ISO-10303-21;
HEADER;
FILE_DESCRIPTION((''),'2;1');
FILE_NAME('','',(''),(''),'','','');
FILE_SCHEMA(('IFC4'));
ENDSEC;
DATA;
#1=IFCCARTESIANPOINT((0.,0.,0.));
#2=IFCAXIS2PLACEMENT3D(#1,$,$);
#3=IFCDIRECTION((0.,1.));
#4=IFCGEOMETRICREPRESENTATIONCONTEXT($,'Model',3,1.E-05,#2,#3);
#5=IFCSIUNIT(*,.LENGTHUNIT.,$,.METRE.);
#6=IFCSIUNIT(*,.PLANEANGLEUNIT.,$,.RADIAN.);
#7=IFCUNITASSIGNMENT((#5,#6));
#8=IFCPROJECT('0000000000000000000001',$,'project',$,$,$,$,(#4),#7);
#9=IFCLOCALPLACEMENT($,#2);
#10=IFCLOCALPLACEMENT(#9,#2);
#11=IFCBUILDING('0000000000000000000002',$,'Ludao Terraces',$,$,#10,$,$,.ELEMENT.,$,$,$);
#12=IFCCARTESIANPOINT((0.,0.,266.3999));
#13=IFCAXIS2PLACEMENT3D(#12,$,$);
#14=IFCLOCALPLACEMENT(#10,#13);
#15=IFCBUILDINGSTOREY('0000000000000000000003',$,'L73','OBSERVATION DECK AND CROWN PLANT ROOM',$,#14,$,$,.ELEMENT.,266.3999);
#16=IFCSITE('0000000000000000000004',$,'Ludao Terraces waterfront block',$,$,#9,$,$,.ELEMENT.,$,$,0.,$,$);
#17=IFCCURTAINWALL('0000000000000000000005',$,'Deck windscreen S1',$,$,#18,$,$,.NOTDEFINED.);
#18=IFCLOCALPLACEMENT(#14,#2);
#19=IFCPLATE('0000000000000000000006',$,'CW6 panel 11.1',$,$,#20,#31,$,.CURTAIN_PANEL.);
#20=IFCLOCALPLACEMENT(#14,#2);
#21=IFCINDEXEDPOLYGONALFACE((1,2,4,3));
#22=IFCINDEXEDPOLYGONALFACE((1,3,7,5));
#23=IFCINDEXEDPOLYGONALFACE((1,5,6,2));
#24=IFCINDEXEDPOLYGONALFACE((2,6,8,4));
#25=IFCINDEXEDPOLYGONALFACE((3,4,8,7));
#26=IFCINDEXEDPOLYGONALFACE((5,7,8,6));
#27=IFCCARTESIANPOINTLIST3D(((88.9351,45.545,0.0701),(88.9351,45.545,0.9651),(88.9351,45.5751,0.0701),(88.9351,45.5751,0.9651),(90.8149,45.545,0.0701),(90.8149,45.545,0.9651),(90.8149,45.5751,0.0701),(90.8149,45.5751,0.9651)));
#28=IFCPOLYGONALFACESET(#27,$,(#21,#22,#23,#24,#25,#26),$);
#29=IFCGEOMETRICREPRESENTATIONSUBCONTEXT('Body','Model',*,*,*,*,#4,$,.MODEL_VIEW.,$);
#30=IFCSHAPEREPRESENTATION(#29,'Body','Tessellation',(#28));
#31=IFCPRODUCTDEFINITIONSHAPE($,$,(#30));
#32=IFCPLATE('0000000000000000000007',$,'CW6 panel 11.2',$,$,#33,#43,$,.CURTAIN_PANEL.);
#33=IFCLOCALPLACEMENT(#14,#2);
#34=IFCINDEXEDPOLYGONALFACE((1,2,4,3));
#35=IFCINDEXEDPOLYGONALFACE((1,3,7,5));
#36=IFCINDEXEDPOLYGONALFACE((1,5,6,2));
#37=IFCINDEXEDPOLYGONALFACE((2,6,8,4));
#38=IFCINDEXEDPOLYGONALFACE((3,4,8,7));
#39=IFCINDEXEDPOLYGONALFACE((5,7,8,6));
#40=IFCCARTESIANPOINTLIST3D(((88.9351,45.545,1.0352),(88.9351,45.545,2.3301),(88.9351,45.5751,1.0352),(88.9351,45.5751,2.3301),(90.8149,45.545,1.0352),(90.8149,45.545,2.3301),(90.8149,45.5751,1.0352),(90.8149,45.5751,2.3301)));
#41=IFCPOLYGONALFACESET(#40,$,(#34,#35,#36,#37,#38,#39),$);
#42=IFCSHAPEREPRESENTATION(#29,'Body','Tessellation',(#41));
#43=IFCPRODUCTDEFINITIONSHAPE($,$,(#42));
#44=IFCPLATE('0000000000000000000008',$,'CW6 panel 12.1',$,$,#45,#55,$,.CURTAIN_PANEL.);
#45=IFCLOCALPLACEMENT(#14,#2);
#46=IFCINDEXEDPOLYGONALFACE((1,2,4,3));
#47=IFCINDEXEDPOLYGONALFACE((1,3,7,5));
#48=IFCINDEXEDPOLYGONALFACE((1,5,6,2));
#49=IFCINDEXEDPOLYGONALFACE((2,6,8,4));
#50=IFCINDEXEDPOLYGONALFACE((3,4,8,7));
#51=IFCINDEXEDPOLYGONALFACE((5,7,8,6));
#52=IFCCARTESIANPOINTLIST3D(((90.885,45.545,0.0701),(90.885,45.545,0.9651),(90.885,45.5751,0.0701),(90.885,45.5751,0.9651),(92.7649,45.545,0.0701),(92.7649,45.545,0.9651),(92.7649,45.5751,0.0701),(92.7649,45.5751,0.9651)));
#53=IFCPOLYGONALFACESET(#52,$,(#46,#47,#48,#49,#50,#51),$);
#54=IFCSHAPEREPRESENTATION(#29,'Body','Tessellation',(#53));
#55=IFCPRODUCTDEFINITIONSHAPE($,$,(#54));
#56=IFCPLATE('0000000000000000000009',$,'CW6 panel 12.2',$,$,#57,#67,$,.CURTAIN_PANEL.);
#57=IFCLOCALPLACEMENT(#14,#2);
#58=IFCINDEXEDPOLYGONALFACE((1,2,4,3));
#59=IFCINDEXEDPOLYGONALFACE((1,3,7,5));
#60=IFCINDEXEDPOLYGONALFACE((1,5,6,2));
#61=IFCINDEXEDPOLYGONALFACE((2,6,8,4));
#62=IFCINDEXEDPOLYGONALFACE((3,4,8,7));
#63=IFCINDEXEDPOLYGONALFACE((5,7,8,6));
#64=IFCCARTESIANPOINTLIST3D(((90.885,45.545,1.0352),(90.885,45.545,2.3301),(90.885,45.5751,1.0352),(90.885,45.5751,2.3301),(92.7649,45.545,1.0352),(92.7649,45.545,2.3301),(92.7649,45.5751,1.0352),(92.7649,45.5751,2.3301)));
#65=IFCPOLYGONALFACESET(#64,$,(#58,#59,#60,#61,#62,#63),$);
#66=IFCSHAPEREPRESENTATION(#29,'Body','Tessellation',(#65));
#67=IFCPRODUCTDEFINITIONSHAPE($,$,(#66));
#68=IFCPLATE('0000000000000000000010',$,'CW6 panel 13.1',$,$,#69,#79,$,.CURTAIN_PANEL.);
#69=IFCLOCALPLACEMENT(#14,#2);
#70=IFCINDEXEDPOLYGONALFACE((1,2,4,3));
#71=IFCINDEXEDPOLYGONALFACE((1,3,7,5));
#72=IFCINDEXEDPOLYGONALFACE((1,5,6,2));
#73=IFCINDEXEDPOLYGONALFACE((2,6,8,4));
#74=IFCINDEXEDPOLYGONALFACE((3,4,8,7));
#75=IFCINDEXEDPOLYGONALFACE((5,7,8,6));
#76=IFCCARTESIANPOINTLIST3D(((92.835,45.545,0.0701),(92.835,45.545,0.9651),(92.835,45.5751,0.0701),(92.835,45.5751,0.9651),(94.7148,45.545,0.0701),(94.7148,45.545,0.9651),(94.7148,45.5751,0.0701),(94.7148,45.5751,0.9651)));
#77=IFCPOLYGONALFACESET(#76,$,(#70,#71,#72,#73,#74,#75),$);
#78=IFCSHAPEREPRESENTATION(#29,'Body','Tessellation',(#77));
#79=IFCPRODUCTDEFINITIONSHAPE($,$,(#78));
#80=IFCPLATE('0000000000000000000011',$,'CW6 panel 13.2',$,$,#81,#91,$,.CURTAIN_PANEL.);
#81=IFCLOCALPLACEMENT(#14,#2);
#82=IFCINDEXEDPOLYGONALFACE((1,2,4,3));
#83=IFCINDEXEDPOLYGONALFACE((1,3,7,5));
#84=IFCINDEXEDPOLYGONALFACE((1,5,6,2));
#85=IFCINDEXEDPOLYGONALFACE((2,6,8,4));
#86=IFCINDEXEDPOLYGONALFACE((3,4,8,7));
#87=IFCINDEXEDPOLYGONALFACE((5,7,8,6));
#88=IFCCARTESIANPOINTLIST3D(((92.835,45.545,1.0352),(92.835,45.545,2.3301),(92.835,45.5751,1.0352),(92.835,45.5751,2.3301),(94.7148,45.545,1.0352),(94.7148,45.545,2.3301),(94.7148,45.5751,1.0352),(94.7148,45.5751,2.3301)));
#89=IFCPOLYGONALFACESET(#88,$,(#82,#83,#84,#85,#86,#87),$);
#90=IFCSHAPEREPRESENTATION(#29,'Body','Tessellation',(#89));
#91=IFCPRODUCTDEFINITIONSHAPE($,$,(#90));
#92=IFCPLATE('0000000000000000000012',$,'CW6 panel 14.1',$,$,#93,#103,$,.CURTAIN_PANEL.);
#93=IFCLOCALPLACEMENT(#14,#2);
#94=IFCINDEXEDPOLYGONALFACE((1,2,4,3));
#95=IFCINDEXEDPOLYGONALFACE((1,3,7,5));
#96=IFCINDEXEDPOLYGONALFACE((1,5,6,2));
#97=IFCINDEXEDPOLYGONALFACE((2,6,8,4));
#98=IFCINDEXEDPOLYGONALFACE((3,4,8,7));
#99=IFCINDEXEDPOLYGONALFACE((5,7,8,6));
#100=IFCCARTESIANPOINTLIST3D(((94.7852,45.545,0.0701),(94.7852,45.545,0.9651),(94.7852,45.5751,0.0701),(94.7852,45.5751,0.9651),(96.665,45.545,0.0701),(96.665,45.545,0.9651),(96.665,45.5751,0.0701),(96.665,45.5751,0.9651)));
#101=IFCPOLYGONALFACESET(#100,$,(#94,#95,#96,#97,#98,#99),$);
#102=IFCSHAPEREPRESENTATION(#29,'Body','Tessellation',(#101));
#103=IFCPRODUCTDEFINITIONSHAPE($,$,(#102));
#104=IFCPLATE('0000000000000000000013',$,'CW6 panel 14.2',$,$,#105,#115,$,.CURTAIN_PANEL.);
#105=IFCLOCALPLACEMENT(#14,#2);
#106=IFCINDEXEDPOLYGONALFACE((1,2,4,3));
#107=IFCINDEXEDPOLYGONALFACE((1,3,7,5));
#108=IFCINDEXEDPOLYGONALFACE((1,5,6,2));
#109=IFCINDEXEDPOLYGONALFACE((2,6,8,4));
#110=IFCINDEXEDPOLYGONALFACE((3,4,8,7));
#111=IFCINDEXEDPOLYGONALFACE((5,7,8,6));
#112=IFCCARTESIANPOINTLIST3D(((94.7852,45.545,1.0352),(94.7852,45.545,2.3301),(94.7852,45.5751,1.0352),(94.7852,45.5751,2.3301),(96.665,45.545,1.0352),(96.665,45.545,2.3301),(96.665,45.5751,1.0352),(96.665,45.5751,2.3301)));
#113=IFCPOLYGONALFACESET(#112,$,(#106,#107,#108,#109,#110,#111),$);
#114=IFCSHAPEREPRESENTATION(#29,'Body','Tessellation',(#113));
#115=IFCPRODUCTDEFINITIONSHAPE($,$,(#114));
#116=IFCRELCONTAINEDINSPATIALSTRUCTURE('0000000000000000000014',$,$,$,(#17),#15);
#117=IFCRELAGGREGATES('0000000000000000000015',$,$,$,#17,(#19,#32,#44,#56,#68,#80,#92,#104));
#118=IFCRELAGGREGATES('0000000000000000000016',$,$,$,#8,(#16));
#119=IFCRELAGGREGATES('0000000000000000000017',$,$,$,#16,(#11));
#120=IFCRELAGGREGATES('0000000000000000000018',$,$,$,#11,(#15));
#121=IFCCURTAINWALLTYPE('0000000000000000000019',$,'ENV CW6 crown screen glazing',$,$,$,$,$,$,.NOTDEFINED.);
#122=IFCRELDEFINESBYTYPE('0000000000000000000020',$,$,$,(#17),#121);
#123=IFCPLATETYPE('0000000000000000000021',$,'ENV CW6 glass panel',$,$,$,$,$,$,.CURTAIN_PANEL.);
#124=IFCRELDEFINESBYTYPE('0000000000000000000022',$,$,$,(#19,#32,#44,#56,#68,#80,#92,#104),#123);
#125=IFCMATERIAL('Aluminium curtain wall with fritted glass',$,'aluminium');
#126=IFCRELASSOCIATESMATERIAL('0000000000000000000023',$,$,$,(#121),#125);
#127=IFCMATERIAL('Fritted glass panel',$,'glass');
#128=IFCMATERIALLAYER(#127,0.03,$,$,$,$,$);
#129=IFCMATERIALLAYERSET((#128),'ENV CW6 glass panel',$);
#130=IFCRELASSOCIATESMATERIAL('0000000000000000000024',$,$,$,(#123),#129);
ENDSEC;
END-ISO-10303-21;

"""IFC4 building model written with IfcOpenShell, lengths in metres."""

from ifc_helpers import new_model, si_unit, direction, frame, origin, origin_2d, place, context, subcontext, project, spatial, rectangle, extrude, material, layer, layer_set, type_object, element, aggregate, save


model = new_model("IFC4")

# Units and contexts
model_context = context("Model", 3, precision=1e-05, world=origin(), true_north=direction((0.0, 1.0)))
body_context = subcontext(model_context, "Body", "Model", "MODEL_VIEW")
ifc_project = project(units=[si_unit("LENGTHUNIT", "METRE"), si_unit("PLANEANGLEUNIT", "RADIAN")], contexts=[model_context])

# Site, building, storey
site_placement = place(None, origin())
site = spatial("IfcSite", under=ifc_project, at=site_placement, Name="Ludao Terraces waterfront block", CompositionType="ELEMENT", RefElevation=0.0)
building_placement = place(site_placement, origin())
building = spatial("IfcBuilding", under=site, at=building_placement, Name="Ludao Terraces", CompositionType="ELEMENT")
storey_placement = place(building_placement, frame((0.0, 0.0, 266.3999)))
storey = spatial("IfcBuildingStorey", under=building, at=storey_placement, Name="L73", Description="OBSERVATION DECK AND CROWN PLANT ROOM", CompositionType="ELEMENT", Elevation=266.3999)

# Curtain wall, plates
ifc_material_1 = material(Name="Aluminium curtain wall with fritted glass", Category="aluminium")
curtain_wall_type = type_object("IfcCurtainWallType", Name="ENV CW6 crown screen glazing", PredefinedType="NOTDEFINED", material=ifc_material_1)
curtain_wall_placement = place(storey_placement, origin())
curtain_wall = element("IfcCurtainWall", 1, at=curtain_wall_placement, inside=storey, type_object=curtain_wall_type, Name="Deck windscreen S1", PredefinedType="NOTDEFINED")
ifc_material_2 = material(Name="Fritted glass panel", Category="glass")
ifc_layer = layer(ifc_material_2, 0.03)
ifc_layer_set = layer_set([ifc_layer], Name="ENV CW6 glass panel")
plate_type = type_object("IfcPlateType", Name="ENV CW6 glass panel", PredefinedType="CURTAIN_PANEL", material=ifc_layer_set)
plate_1_placement = place(storey_placement, frame((89.875, 45.5601, 0.0701), z_axis=(0.0, 0.0, 1.0), x_axis=(1.0, 0.0, 0.0)))
plate_1 = element("IfcPlate", 2, at=plate_1_placement, type_object=plate_type, Name="CW6 panel 11.1", PredefinedType="CURTAIN_PANEL", context=body_context, shape_type="SweptSolid", body=[
    extrude(rectangle(XDim=1.8799, YDim=0.03, at=origin_2d()), origin(), (0.0, 0.0, 1.0), 0.895),
])
plate_2_placement = place(storey_placement, frame((89.875, 45.5601, 1.0352), z_axis=(0.0, 0.0, 1.0), x_axis=(1.0, 0.0, 0.0)))
plate_2 = element("IfcPlate", 3, at=plate_2_placement, type_object=plate_type, Name="CW6 panel 11.2", PredefinedType="CURTAIN_PANEL", context=body_context, shape_type="SweptSolid", body=[
    extrude(rectangle(XDim=1.8799, YDim=0.03, at=origin_2d()), origin(), (0.0, 0.0, 1.0), 1.2949),
])
plate_3_placement = place(storey_placement, frame((91.825, 45.5601, 0.0701), z_axis=(0.0, 0.0, 1.0), x_axis=(1.0, 0.0, 0.0)))
plate_3 = element("IfcPlate", 4, at=plate_3_placement, type_object=plate_type, Name="CW6 panel 12.1", PredefinedType="CURTAIN_PANEL", context=body_context, shape_type="SweptSolid", body=[
    extrude(rectangle(XDim=1.8799, YDim=0.03, at=origin_2d()), origin(), (0.0, 0.0, 1.0), 0.895),
])
plate_4_placement = place(storey_placement, frame((91.825, 45.5601, 1.0352), z_axis=(0.0, 0.0, 1.0), x_axis=(1.0, 0.0, 0.0)))
plate_4 = element("IfcPlate", 5, at=plate_4_placement, type_object=plate_type, Name="CW6 panel 12.2", PredefinedType="CURTAIN_PANEL", context=body_context, shape_type="SweptSolid", body=[
    extrude(rectangle(XDim=1.8799, YDim=0.03, at=origin_2d()), origin(), (0.0, 0.0, 1.0), 1.2949),
])
plate_5_placement = place(storey_placement, frame((93.7749, 45.5601, 0.0701), z_axis=(0.0, 0.0, 1.0), x_axis=(1.0, 0.0, 0.0)))
plate_5 = element("IfcPlate", 6, at=plate_5_placement, type_object=plate_type, Name="CW6 panel 13.1", PredefinedType="CURTAIN_PANEL", context=body_context, shape_type="SweptSolid", body=[
    extrude(rectangle(XDim=1.8799, YDim=0.03, at=origin_2d()), origin(), (0.0, 0.0, 1.0), 0.895),
])
plate_6_placement = place(storey_placement, frame((93.7749, 45.5601, 1.0352), z_axis=(0.0, 0.0, 1.0), x_axis=(1.0, 0.0, 0.0)))
plate_6 = element("IfcPlate", 7, at=plate_6_placement, type_object=plate_type, Name="CW6 panel 13.2", PredefinedType="CURTAIN_PANEL", context=body_context, shape_type="SweptSolid", body=[
    extrude(rectangle(XDim=1.8799, YDim=0.03, at=origin_2d()), origin(), (0.0, 0.0, 1.0), 1.2949),
])
plate_7_placement = place(storey_placement, frame((95.7251, 45.5601, 0.0701), z_axis=(0.0, 0.0, 1.0), x_axis=(1.0, 0.0, 0.0)))
plate_7 = element("IfcPlate", 8, at=plate_7_placement, type_object=plate_type, Name="CW6 panel 14.1", PredefinedType="CURTAIN_PANEL", context=body_context, shape_type="SweptSolid", body=[
    extrude(rectangle(XDim=1.8799, YDim=0.03, at=origin_2d()), origin(), (0.0, 0.0, 1.0), 0.895),
])
plate_8_placement = place(storey_placement, frame((95.7251, 45.5601, 1.0352), z_axis=(0.0, 0.0, 1.0), x_axis=(1.0, 0.0, 0.0)))
plate_8 = element("IfcPlate", 9, at=plate_8_placement, type_object=plate_type, Name="CW6 panel 14.2", PredefinedType="CURTAIN_PANEL", context=body_context, shape_type="SweptSolid", body=[
    extrude(rectangle(XDim=1.8799, YDim=0.03, at=origin_2d()), origin(), (0.0, 0.0, 1.0), 1.2949),
])
aggregate(curtain_wall, [plate_1, plate_2, plate_3, plate_4, plate_5, plate_6, plate_7, plate_8])

save(model, "model.ifc")
